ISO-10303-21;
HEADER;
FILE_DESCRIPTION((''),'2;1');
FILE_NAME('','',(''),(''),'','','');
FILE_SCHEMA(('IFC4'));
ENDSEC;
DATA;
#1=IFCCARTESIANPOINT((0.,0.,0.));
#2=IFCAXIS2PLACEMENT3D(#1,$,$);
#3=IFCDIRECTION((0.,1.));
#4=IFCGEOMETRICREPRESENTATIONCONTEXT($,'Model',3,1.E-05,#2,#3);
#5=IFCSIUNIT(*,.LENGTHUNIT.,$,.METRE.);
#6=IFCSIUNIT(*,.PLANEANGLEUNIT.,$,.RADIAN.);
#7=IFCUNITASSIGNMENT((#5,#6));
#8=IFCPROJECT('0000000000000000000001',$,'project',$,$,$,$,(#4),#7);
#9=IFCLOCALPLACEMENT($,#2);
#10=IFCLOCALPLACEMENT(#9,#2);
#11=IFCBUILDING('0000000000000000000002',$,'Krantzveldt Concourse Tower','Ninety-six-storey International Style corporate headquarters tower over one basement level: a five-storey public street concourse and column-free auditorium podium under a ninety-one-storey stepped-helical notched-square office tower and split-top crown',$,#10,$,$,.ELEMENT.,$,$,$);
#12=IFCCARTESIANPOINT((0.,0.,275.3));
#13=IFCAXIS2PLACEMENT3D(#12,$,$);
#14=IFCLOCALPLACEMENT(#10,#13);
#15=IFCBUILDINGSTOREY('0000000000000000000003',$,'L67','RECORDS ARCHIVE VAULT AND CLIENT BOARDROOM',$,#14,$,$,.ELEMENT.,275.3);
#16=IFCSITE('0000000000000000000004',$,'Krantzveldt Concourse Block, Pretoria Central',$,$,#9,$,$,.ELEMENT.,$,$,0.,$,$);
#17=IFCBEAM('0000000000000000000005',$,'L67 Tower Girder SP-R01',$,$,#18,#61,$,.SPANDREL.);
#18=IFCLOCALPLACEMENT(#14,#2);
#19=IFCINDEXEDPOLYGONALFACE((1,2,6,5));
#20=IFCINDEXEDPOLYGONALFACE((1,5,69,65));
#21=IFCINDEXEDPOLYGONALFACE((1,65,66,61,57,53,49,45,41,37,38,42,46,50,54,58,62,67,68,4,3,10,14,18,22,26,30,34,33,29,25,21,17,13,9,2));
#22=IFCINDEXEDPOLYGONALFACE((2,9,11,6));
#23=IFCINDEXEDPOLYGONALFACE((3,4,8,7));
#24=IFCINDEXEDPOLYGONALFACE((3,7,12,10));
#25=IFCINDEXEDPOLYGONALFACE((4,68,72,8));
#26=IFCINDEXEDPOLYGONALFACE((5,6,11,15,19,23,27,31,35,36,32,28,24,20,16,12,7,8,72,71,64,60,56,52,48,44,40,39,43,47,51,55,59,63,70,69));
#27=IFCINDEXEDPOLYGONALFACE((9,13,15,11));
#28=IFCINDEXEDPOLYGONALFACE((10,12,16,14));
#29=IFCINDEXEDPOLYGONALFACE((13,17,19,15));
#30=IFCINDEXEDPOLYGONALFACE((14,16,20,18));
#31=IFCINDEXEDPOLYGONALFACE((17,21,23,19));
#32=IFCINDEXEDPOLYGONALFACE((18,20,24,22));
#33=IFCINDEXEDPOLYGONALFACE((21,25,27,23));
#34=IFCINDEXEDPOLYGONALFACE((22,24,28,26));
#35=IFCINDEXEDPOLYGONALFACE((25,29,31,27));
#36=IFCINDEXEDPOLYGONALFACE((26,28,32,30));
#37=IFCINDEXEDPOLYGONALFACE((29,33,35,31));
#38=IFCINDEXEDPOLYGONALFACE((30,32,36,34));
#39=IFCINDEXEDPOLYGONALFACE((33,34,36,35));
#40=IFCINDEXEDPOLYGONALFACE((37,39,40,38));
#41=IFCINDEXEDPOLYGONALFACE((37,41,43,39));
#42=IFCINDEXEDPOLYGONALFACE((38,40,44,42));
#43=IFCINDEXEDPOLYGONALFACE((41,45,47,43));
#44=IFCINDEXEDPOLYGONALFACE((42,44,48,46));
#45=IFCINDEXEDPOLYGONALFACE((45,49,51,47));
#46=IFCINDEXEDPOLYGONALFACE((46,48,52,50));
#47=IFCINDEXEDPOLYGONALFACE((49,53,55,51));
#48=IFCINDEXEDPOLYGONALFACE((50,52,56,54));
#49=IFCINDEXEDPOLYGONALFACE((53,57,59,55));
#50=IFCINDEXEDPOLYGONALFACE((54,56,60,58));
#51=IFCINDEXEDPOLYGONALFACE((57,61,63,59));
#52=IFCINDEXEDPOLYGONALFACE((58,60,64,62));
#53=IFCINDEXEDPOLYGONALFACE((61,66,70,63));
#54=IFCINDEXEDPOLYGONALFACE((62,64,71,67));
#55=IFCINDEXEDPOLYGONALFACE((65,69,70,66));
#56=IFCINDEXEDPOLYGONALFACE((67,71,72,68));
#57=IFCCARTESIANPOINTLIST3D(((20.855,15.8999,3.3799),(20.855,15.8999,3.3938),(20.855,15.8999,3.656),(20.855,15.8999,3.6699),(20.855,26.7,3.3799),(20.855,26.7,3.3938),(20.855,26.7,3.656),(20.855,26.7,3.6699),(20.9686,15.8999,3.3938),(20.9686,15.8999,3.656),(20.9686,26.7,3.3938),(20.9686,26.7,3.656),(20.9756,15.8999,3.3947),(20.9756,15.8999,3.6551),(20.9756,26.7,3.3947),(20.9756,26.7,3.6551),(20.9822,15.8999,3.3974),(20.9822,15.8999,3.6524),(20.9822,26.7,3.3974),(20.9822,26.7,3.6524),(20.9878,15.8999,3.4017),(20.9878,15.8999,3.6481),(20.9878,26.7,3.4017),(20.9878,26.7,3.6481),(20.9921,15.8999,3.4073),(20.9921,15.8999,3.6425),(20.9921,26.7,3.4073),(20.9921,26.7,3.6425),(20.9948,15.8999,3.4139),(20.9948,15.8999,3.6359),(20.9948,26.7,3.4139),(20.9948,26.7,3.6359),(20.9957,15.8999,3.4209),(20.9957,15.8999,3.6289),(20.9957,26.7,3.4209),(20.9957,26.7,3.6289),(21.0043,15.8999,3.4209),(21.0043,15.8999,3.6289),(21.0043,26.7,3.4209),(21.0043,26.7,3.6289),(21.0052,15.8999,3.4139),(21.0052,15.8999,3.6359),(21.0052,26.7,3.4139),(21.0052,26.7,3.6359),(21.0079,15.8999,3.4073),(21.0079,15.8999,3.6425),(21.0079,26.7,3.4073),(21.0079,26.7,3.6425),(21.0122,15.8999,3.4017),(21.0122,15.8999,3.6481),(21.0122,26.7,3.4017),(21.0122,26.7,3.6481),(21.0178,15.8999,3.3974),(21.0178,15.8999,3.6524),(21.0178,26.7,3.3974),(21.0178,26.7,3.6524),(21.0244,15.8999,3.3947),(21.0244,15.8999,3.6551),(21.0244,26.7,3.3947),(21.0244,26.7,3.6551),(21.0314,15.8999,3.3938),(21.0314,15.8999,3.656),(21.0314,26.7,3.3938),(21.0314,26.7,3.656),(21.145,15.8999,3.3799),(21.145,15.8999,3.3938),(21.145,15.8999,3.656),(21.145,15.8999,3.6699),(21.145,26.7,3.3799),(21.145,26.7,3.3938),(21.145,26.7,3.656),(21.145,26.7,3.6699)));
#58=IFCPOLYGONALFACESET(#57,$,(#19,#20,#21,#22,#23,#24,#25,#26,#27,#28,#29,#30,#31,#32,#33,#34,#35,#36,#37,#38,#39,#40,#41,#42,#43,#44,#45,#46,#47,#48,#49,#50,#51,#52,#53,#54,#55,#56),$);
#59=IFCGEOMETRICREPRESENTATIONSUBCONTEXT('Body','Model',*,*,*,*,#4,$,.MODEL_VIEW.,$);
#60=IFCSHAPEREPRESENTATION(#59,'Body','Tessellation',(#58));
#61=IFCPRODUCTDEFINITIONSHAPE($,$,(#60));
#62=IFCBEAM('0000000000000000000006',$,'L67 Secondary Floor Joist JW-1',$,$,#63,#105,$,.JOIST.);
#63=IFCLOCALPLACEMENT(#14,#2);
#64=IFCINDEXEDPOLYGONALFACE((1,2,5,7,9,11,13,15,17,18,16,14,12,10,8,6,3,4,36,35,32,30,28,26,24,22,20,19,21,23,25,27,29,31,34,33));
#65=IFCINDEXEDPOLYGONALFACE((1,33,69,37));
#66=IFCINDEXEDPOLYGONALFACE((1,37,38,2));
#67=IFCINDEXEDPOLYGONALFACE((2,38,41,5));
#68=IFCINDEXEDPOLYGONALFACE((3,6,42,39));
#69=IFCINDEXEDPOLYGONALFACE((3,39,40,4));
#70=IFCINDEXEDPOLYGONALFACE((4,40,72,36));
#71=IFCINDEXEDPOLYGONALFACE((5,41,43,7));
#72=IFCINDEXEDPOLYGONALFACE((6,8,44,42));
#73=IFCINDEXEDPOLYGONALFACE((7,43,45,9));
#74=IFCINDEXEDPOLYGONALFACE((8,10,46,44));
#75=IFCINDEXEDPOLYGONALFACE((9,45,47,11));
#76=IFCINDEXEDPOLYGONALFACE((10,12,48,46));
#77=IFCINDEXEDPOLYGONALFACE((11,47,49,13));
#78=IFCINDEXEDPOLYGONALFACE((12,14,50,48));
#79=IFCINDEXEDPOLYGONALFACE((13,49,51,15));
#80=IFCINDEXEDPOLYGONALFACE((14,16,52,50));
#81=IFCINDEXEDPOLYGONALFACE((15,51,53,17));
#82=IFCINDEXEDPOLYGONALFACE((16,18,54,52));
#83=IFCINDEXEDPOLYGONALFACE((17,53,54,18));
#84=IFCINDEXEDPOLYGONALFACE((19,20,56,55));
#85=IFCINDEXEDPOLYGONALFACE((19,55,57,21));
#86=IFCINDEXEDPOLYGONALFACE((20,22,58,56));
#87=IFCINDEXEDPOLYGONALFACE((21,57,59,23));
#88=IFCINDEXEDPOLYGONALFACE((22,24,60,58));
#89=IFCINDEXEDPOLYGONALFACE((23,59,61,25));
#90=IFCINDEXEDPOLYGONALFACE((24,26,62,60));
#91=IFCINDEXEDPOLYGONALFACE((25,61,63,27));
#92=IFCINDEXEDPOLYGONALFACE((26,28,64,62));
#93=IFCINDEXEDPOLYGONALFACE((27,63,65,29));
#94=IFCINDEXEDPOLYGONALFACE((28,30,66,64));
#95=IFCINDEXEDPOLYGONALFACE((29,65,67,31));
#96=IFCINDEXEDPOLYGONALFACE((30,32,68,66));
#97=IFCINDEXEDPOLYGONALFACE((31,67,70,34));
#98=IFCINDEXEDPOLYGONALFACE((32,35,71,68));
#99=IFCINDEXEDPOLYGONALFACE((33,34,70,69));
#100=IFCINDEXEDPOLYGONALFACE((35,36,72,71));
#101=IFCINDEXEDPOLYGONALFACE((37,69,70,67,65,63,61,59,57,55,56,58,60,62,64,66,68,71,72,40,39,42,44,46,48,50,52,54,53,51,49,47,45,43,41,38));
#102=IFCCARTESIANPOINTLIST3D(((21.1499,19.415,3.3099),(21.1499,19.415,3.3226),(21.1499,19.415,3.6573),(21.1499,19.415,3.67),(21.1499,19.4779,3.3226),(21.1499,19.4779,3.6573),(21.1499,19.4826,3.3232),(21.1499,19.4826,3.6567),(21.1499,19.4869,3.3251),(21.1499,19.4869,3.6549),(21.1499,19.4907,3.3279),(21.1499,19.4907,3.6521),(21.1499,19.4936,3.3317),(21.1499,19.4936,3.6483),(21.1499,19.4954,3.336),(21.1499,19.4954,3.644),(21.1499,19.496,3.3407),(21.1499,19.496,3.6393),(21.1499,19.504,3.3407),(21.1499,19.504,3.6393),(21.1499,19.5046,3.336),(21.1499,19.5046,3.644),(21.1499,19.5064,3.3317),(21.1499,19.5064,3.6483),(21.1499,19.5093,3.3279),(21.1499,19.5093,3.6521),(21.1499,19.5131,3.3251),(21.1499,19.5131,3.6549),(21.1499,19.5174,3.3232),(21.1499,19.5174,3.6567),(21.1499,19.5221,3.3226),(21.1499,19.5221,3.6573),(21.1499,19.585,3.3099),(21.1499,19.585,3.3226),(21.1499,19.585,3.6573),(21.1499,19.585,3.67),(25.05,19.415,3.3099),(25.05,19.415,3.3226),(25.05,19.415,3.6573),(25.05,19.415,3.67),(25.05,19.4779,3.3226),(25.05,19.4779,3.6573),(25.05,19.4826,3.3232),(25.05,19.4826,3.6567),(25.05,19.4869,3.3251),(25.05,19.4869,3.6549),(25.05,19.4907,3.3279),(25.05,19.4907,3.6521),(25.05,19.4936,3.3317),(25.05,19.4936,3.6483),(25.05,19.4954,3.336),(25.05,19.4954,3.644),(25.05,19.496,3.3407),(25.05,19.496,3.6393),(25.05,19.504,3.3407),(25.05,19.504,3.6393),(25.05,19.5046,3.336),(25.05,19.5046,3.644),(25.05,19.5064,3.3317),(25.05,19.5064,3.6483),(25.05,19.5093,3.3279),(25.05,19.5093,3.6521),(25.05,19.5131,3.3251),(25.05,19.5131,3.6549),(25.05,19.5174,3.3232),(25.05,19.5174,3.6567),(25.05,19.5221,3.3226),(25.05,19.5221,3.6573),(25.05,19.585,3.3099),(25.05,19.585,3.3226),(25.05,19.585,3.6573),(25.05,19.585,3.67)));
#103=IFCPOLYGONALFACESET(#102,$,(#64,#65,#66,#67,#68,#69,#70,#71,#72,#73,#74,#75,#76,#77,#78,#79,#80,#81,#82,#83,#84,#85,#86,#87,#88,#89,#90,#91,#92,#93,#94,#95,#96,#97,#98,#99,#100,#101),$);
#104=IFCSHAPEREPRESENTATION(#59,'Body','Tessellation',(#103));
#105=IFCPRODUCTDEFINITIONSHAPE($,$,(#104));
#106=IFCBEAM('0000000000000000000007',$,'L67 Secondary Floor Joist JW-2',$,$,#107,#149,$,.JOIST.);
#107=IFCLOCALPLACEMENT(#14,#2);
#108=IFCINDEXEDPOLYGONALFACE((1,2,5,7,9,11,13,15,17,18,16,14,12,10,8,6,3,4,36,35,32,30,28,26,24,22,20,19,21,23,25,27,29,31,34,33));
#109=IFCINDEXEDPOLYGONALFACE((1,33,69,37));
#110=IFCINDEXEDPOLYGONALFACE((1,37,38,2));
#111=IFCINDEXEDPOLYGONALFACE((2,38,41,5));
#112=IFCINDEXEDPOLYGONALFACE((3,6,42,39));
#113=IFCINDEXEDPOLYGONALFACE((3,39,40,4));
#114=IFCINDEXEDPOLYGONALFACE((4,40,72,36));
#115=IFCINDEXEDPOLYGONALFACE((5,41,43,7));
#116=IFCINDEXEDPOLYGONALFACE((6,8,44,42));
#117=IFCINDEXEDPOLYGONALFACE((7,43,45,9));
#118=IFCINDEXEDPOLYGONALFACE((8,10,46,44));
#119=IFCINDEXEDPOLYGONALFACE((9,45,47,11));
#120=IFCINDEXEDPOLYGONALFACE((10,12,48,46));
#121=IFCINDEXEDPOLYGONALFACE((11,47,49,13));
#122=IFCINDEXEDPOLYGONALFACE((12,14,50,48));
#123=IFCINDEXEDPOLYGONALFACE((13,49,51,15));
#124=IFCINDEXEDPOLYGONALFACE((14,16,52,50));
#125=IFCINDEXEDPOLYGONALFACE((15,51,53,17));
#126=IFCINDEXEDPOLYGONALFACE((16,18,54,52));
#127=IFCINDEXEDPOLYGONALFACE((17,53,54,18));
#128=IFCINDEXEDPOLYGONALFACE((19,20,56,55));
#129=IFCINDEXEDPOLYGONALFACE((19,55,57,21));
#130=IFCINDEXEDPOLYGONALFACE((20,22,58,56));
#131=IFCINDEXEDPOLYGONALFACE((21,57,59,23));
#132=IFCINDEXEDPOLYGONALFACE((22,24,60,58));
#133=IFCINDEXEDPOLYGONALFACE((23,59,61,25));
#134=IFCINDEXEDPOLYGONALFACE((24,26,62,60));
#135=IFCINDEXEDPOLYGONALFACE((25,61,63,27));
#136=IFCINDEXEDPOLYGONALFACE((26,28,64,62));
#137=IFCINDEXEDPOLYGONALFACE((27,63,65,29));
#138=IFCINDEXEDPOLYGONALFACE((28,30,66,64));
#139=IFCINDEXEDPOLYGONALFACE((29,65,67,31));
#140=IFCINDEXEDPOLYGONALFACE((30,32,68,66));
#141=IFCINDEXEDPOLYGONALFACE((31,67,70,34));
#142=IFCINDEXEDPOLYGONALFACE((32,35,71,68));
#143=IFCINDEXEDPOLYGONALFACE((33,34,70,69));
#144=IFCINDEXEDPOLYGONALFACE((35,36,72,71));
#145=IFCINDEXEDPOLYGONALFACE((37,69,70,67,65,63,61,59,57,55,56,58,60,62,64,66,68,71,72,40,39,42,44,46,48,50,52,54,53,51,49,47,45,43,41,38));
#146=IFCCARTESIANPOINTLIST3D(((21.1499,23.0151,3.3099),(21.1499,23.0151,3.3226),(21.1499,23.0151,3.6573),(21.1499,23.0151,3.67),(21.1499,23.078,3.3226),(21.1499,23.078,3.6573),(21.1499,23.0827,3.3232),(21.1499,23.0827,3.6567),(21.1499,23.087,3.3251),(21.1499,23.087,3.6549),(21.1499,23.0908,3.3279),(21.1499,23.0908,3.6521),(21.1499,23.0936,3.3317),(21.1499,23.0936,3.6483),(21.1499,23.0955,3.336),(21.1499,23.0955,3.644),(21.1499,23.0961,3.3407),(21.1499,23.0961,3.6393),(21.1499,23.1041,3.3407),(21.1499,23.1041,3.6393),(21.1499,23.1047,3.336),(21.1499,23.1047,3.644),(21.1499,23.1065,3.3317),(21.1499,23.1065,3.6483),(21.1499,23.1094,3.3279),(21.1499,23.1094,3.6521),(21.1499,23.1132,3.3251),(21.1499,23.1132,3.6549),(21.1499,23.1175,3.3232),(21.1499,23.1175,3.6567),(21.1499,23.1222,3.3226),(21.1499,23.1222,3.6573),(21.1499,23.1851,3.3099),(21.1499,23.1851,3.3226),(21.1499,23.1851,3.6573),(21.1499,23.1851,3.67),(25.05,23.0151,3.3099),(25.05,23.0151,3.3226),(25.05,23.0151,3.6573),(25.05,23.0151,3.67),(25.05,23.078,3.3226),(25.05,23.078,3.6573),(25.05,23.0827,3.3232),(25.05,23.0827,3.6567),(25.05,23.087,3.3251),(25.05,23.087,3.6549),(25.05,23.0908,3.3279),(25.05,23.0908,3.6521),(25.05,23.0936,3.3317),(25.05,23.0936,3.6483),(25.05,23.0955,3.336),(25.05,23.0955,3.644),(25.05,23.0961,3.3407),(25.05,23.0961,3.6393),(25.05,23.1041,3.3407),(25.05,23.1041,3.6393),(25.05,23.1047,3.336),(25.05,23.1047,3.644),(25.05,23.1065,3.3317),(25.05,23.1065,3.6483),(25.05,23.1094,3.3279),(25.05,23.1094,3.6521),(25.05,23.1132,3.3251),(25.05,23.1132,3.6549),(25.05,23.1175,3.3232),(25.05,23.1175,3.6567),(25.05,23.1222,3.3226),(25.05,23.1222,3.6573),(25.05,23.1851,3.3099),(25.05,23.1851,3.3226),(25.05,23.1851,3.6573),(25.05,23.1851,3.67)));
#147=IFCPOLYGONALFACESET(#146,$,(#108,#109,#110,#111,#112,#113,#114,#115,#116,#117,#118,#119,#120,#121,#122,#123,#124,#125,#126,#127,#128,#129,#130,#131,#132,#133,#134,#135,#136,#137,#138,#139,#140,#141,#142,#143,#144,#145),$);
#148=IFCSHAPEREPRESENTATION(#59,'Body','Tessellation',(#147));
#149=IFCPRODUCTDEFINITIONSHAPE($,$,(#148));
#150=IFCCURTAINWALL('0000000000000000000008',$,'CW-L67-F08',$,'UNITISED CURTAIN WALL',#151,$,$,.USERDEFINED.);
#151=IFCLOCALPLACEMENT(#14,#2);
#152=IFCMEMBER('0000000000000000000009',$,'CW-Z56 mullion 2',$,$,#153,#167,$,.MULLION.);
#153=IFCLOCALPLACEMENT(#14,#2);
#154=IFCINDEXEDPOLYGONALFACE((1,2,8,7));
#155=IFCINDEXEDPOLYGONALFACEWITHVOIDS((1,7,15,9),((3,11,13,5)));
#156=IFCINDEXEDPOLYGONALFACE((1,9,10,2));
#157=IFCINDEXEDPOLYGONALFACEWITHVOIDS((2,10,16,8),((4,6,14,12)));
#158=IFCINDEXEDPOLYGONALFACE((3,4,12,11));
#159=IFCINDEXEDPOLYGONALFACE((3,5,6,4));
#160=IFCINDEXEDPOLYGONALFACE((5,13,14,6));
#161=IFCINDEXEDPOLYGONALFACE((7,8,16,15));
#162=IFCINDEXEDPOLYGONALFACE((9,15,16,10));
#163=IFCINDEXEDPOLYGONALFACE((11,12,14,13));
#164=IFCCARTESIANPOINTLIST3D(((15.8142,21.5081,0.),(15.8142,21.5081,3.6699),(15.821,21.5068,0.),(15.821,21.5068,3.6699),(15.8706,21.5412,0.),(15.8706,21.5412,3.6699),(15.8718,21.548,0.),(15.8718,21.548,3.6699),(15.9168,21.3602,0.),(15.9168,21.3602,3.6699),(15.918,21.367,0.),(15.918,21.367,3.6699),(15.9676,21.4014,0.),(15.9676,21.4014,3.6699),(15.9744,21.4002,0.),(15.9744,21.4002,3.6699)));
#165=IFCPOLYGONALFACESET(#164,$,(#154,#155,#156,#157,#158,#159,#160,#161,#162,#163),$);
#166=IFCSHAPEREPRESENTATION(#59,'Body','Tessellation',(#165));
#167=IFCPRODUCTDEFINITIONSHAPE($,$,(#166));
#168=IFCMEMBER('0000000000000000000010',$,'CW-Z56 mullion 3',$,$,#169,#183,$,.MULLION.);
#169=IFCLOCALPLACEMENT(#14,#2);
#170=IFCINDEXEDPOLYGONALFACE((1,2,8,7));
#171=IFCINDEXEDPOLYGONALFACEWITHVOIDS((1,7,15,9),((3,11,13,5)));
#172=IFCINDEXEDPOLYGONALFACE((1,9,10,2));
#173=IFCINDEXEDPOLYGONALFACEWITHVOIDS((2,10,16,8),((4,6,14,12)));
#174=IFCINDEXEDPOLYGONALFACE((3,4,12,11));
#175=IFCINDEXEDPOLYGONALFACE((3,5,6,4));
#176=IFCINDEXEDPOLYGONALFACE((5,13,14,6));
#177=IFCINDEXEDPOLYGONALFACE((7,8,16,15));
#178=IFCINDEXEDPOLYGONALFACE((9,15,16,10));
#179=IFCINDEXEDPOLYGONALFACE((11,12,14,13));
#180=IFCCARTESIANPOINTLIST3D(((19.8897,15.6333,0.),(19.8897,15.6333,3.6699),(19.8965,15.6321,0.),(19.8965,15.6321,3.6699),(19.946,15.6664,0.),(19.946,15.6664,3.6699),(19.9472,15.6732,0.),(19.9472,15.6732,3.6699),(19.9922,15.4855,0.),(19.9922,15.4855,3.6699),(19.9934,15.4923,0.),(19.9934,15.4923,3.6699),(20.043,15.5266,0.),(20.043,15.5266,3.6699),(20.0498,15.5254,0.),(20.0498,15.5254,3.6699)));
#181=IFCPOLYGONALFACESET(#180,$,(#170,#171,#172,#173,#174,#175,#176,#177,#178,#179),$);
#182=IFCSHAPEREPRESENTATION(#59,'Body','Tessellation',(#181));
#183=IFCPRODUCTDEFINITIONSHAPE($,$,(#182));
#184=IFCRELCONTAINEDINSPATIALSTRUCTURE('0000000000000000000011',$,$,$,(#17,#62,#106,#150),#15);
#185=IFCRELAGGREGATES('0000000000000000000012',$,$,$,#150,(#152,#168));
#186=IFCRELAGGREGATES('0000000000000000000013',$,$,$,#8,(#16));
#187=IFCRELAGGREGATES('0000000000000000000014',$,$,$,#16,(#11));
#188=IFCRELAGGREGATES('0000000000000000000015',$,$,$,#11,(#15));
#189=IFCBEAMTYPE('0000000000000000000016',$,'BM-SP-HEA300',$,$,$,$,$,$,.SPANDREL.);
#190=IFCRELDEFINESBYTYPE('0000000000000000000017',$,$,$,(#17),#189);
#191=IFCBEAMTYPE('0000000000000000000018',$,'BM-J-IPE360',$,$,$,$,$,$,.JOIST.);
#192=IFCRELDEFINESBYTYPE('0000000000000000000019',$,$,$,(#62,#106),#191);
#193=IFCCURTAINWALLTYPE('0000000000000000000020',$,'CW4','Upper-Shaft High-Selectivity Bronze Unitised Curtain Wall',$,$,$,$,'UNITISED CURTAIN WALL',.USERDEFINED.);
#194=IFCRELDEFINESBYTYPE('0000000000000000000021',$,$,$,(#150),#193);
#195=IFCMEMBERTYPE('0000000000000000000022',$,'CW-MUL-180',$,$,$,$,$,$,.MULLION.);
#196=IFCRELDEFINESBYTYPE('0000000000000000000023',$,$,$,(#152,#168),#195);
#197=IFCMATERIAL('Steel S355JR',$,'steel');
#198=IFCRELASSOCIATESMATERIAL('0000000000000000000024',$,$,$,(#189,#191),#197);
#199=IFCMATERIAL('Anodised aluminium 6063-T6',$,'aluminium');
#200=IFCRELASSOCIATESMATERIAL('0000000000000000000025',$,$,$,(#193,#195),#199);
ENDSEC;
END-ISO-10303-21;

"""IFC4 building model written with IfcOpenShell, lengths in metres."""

from ifc_helpers import new_model, si_unit, direction, frame, origin, origin_2d, place, context, subcontext, project, spatial, hollow_rectangle, i_section, extrude, source, transform, mapped, material, material_profile, profile_set, type_object, type_shapes, element, aggregate, save


model = new_model("IFC4")

# Units and contexts
model_context = context("Model", 3, precision=1e-05, world=origin(), true_north=direction((0.0, 1.0)))
body_context = subcontext(model_context, "Body", "Model", "MODEL_VIEW")
ifc_project = project(units=[si_unit("LENGTHUNIT", "METRE"), si_unit("PLANEANGLEUNIT", "RADIAN")], contexts=[model_context])

# Site, building, storey
site_placement = place(None, origin())
site = spatial("IfcSite", under=ifc_project, at=site_placement, Name="Krantzveldt Concourse Block, Pretoria Central", CompositionType="ELEMENT", RefElevation=0.0)
building_placement = place(site_placement, origin())
building = spatial("IfcBuilding", under=site, at=building_placement, Name="Krantzveldt Concourse Tower", Description="Ninety-six-storey International Style corporate headquarters tower over one basement level: a five-storey public street concourse and column-free auditorium podium under a ninety-one-storey stepped-helical notched-square office tower and split-top crown", CompositionType="ELEMENT")
storey_placement = place(building_placement, frame((0.0, 0.0, 275.3)))
storey = spatial("IfcBuildingStorey", under=building, at=storey_placement, Name="L67", Description="RECORDS ARCHIVE VAULT AND CLIENT BOARDROOM", CompositionType="ELEMENT", Elevation=275.3)

# Beams
ifc_material_1 = material(Name="Steel S355JR", Category="steel")
ifc_material_profile_1 = material_profile(ifc_material_1, i_section(OverallWidth=0.29, OverallDepth=0.29, WebThickness=0.0085, FlangeThickness=0.0139, FilletRadius=0.0271, at=origin_2d()), Name="Steel S355JR", Category="steel")
ifc_profile_set_1 = profile_set([ifc_material_profile_1], Name="Steel S355JR - HEA 300")
beam_type_1 = type_object("IfcBeamType", Name="BM-SP-HEA300", PredefinedType="SPANDREL", material=ifc_profile_set_1)
shared_shape_1 = source(origin(), body_context, "Body", "SweptSolid", [
    extrude(i_section(OverallWidth=0.29, OverallDepth=0.29, WebThickness=0.0085, FlangeThickness=0.0139, FilletRadius=0.0271, at=origin_2d()), origin(), (0.0, 0.0, 1.0), 10.8),
])
type_shapes(beam_type_1, [shared_shape_1])
beam_1_placement = place(storey_placement, frame((21.0, 15.8999, 3.5249), z_axis=(0.0, 1.0, 0.0), x_axis=(-1.0, 0.0, 0.0)))
element("IfcBeam", 1, at=beam_1_placement, inside=storey, type_object=beam_type_1, Name="L67 Tower Girder SP-R01", PredefinedType="SPANDREL", context=body_context, shape_type="MappedRepresentation", body=[
    mapped(shared_shape_1, transform((0.0, 0.0, 0.0), x_axis=(1.0, 0.0, 0.0), y_axis=(0.0, 1.0, 0.0), z_axis=(0.0, 0.0, 1.0), scale=1.0)),
])
ifc_material_profile_2 = material_profile(ifc_material_1, i_section(OverallWidth=0.1699, OverallDepth=0.3601, WebThickness=0.0081, FlangeThickness=0.0127, FilletRadius=0.0181, at=origin_2d()), Name="Steel S355JR", Category="steel")
ifc_profile_set_2 = profile_set([ifc_material_profile_2], Name="Steel S355JR - IPE 360")
beam_type_2 = type_object("IfcBeamType", Name="BM-J-IPE360", PredefinedType="JOIST", material=ifc_profile_set_2)
shared_shape_2 = source(origin(), body_context, "Body", "SweptSolid", [
    extrude(i_section(OverallWidth=0.1699, OverallDepth=0.3601, WebThickness=0.0081, FlangeThickness=0.0127, FilletRadius=0.0181, at=origin_2d()), origin(), (0.0, 0.0, 1.0), 3.9001),
])
type_shapes(beam_type_2, [shared_shape_2])
for number, where, z_axis, x_axis, name in (
    (2, (21.1499, 19.5, 3.49), (1.0, 0.0, 0.0), (0.0, 1.0, 0.0), "L67 Secondary Floor Joist JW-1"),
    (3, (21.1499, 23.1001, 3.49), (1.0, 0.0, 0.0), (0.0, 1.0, 0.0), "L67 Secondary Floor Joist JW-2"),
):
    element("IfcBeam", number, at=place(storey_placement, frame(where, z_axis=z_axis, x_axis=x_axis)), inside=storey, type_object=beam_type_2, Name=name, PredefinedType="JOIST", context=body_context, shape_type="MappedRepresentation", body=[
        mapped(shared_shape_2, transform((0.0, 0.0, 0.0), x_axis=(1.0, 0.0, 0.0), y_axis=(0.0, 1.0, 0.0), z_axis=(0.0, 0.0, 1.0), scale=1.0)),
    ])

# Curtain wall, members
ifc_material_2 = material(Name="Anodised aluminium 6063-T6", Category="aluminium")
curtain_wall_type = type_object("IfcCurtainWallType", Name="CW4", Description="Upper-Shaft High-Selectivity Bronze Unitised Curtain Wall", ElementType="UNITISED CURTAIN WALL", PredefinedType="USERDEFINED", material=ifc_material_2)
curtain_wall_placement = place(storey_placement, origin())
curtain_wall = element("IfcCurtainWall", 4, at=curtain_wall_placement, inside=storey, type_object=curtain_wall_type, Name="CW-L67-F08", ObjectType="UNITISED CURTAIN WALL", PredefinedType="USERDEFINED")
ifc_material_profile_3 = material_profile(ifc_material_2, hollow_rectangle(XDim=0.0701, YDim=0.1799, WallThickness=0.0049, at=origin_2d()), Name="Anodised aluminium 6063-T6", Category="aluminium")
ifc_profile_set_3 = profile_set([ifc_material_profile_3], Name="Anodised aluminium 6063-T6 - ALU-MULL 180x70x5")
member_type_1 = type_object("IfcMemberType", Name="CW-MUL-180", PredefinedType="MULLION", material=ifc_profile_set_3)
shared_shape_3 = source(origin(), body_context, "Body", "SweptSolid", [
    extrude(hollow_rectangle(XDim=0.0701, YDim=0.1799, WallThickness=0.0049, at=origin_2d()), origin(), (0.0, 0.0, 1.0), 3.6699),
])
type_shapes(member_type_1, [shared_shape_3])
member_1_placement = place(storey_placement, frame((15.8943, 21.4541, 0.0), z_axis=(0.0, 0.0, 1.0), x_axis=(0.821647, 0.569997, 0.0)))
member_1 = element("IfcMember", 5, at=member_1_placement, type_object=member_type_1, Name="CW-Z56 mullion 2", PredefinedType="MULLION", context=body_context, shape_type="MappedRepresentation", body=[
    mapped(shared_shape_3, transform((0.0, 0.0, 0.0), x_axis=(1.0, 0.0, 0.0), y_axis=(0.0, 1.0, 0.0), z_axis=(0.0, 0.0, 1.0), scale=1.0)),
])
member_2_placement = place(storey_placement, frame((19.9697, 15.5793, 0.0), z_axis=(0.0, 0.0, 1.0), x_axis=(0.821647, 0.569997, 0.0)))
member_2 = element("IfcMember", 6, at=member_2_placement, type_object=member_type_1, Name="CW-Z56 mullion 3", PredefinedType="MULLION", context=body_context, shape_type="MappedRepresentation", body=[
    mapped(shared_shape_3, transform((0.0, 0.0, 0.0), x_axis=(1.0, 0.0, 0.0), y_axis=(0.0, 1.0, 0.0), z_axis=(0.0, 0.0, 1.0), scale=1.0)),
])

aggregate(curtain_wall, [member_1, member_2])

save(model, "model.ifc")
